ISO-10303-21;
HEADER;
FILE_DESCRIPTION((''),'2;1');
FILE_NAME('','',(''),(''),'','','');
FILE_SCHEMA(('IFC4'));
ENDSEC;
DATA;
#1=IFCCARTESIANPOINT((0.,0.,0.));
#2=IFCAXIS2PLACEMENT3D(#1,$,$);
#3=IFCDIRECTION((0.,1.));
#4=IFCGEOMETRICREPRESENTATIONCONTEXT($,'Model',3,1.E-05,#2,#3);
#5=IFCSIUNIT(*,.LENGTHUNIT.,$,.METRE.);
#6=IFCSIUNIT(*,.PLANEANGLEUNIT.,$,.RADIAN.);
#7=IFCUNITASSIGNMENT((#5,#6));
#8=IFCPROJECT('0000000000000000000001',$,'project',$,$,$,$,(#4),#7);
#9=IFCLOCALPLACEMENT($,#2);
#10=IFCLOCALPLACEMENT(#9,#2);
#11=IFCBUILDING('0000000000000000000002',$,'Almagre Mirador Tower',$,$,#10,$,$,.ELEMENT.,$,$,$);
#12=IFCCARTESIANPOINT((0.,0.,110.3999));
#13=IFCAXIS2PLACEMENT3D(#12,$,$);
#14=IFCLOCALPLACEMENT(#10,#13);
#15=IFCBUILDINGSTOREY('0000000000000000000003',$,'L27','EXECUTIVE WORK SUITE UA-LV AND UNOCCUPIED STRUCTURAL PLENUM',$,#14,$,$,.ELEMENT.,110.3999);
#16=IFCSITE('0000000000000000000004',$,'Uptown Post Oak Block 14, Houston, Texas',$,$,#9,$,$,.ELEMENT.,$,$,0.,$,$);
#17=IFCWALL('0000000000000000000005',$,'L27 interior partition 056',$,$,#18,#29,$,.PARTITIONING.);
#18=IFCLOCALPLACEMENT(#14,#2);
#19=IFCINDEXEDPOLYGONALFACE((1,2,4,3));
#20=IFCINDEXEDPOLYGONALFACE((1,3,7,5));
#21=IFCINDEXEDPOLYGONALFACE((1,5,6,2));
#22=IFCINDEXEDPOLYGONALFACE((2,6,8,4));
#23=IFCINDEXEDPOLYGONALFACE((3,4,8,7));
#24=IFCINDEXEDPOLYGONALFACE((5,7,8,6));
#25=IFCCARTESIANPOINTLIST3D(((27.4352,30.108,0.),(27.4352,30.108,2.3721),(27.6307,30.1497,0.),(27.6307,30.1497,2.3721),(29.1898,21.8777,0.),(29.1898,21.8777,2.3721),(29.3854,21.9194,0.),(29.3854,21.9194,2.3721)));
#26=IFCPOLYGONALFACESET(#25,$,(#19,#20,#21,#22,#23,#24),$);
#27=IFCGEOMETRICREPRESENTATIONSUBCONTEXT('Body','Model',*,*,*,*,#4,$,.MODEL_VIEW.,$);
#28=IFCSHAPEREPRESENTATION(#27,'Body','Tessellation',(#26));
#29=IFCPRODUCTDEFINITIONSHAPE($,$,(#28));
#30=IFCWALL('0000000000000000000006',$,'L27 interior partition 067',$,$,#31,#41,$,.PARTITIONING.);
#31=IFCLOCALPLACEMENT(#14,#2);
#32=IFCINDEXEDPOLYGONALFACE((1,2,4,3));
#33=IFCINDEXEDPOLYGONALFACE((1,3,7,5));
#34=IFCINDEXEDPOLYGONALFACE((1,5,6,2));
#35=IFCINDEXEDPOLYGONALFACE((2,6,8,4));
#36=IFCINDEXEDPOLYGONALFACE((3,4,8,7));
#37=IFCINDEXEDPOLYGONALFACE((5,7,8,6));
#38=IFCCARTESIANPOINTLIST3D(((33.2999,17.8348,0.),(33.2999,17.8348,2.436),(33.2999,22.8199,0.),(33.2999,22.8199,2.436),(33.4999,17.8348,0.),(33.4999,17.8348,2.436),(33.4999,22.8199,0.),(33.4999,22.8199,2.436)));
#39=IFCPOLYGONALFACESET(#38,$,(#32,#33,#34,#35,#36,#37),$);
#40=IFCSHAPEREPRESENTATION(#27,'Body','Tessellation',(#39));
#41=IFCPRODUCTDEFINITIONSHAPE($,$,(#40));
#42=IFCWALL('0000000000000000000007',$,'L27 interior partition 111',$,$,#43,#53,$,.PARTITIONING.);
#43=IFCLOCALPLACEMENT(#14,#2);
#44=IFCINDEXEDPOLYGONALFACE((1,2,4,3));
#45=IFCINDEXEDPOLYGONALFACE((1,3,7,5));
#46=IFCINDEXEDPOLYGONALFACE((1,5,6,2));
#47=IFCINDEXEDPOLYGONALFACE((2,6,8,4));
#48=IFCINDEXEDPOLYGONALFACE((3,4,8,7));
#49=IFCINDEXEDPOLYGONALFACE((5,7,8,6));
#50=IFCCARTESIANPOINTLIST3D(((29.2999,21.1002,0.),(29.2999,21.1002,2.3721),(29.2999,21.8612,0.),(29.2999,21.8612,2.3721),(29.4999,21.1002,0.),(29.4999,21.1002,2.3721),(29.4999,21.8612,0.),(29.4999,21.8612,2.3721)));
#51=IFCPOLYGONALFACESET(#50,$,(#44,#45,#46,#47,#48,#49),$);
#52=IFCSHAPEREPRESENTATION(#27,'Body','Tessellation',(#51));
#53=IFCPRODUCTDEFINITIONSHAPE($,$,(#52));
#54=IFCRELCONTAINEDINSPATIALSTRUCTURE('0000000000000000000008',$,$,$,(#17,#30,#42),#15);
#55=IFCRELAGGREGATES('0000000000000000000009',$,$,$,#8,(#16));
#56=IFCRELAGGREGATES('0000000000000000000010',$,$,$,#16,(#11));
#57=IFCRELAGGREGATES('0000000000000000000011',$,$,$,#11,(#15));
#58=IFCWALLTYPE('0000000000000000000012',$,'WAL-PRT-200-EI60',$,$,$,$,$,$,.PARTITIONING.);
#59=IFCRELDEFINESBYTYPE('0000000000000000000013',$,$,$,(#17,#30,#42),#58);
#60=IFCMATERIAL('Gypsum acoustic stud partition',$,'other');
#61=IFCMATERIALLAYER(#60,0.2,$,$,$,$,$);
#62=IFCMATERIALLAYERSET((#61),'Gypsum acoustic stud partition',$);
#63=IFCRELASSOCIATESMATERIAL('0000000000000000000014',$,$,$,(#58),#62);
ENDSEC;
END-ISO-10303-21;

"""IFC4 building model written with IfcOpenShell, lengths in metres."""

from ifc_helpers import new_model, si_unit, direction, frame, frame_2d, origin, place, context, subcontext, project, spatial, rectangle, extrude, material, layer, layer_set, type_object, element, save


model = new_model("IFC4")

# Units and contexts
model_context = context("Model", 3, precision=1e-05, world=origin(), true_north=direction((0.0, 1.0)))
body_context = subcontext(model_context, "Body", "Model", "MODEL_VIEW")
ifc_project = project(units=[si_unit("LENGTHUNIT", "METRE"), si_unit("PLANEANGLEUNIT", "RADIAN")], contexts=[model_context])

# Site, building, storey
site_placement = place(None, origin())
site = spatial("IfcSite", under=ifc_project, at=site_placement, Name="Uptown Post Oak Block 14, Houston, Texas", CompositionType="ELEMENT", RefElevation=0.0)
building_placement = place(site_placement, origin())
building = spatial("IfcBuilding", under=site, at=building_placement, Name="Almagre Mirador Tower", CompositionType="ELEMENT")
storey_placement = place(building_placement, frame((0.0, 0.0, 110.3999)))
storey = spatial("IfcBuildingStorey", under=building, at=storey_placement, Name="L27", Description="EXECUTIVE WORK SUITE UA-LV AND UNOCCUPIED STRUCTURAL PLENUM", CompositionType="ELEMENT", Elevation=110.3999)

# Shared definitions
ifc_material_1 = material(Name="Gypsum acoustic stud partition", Category="other")
ifc_layer_1 = layer(ifc_material_1, 0.2)
ifc_layer_set_1 = layer_set([ifc_layer_1], Name="Gypsum acoustic stud partition")
wall_type_1 = type_object("IfcWallType", Name="WAL-PRT-200-EI60", PredefinedType="PARTITIONING", material=ifc_layer_set_1)

# Walls
wall_1_placement = place(storey_placement, frame((29.2876, 21.8987, 0.0), z_axis=(0.0, 0.0, 1.0), x_axis=(-0.208509, 0.978021, 0.0)))
element("IfcWall", 1, at=wall_1_placement, inside=storey, type_object=wall_type_1, Name="L27 interior partition 056", PredefinedType="PARTITIONING", context=body_context, shape_type="SweptSolid", body=[
    extrude(rectangle(XDim=8.4153, YDim=0.2, at=frame_2d((4.2075, 0.0))), origin(), (0.0, 0.0, 1.0), 2.3721),
])
wall_2_placement = place(storey_placement, frame((33.3999, 22.8201, 0.0), z_axis=(0.0, 0.0, 1.0), x_axis=(0.0, -1.0, 0.0)))
element("IfcWall", 2, at=wall_2_placement, inside=storey, type_object=wall_type_1, Name="L27 interior partition 067", PredefinedType="PARTITIONING", context=body_context, shape_type="SweptSolid", body=[
    extrude(rectangle(XDim=4.9851, YDim=0.2, at=frame_2d((2.4927, 0.0))), origin(), (0.0, 0.0, 1.0), 2.436),
])
wall_3_placement = place(storey_placement, frame((29.3999, 21.8611, 0.0), z_axis=(0.0, 0.0, 1.0), x_axis=(0.0, -1.0, 0.0)))
element("IfcWall", 3, at=wall_3_placement, inside=storey, type_object=wall_type_1, Name="L27 interior partition 111", PredefinedType="PARTITIONING", context=body_context, shape_type="SweptSolid", body=[
    extrude(rectangle(XDim=0.761, YDim=0.2, at=frame_2d((0.3804, 0.0))), origin(), (0.0, 0.0, 1.0), 2.3721),
])

save(model, "model.ifc")
